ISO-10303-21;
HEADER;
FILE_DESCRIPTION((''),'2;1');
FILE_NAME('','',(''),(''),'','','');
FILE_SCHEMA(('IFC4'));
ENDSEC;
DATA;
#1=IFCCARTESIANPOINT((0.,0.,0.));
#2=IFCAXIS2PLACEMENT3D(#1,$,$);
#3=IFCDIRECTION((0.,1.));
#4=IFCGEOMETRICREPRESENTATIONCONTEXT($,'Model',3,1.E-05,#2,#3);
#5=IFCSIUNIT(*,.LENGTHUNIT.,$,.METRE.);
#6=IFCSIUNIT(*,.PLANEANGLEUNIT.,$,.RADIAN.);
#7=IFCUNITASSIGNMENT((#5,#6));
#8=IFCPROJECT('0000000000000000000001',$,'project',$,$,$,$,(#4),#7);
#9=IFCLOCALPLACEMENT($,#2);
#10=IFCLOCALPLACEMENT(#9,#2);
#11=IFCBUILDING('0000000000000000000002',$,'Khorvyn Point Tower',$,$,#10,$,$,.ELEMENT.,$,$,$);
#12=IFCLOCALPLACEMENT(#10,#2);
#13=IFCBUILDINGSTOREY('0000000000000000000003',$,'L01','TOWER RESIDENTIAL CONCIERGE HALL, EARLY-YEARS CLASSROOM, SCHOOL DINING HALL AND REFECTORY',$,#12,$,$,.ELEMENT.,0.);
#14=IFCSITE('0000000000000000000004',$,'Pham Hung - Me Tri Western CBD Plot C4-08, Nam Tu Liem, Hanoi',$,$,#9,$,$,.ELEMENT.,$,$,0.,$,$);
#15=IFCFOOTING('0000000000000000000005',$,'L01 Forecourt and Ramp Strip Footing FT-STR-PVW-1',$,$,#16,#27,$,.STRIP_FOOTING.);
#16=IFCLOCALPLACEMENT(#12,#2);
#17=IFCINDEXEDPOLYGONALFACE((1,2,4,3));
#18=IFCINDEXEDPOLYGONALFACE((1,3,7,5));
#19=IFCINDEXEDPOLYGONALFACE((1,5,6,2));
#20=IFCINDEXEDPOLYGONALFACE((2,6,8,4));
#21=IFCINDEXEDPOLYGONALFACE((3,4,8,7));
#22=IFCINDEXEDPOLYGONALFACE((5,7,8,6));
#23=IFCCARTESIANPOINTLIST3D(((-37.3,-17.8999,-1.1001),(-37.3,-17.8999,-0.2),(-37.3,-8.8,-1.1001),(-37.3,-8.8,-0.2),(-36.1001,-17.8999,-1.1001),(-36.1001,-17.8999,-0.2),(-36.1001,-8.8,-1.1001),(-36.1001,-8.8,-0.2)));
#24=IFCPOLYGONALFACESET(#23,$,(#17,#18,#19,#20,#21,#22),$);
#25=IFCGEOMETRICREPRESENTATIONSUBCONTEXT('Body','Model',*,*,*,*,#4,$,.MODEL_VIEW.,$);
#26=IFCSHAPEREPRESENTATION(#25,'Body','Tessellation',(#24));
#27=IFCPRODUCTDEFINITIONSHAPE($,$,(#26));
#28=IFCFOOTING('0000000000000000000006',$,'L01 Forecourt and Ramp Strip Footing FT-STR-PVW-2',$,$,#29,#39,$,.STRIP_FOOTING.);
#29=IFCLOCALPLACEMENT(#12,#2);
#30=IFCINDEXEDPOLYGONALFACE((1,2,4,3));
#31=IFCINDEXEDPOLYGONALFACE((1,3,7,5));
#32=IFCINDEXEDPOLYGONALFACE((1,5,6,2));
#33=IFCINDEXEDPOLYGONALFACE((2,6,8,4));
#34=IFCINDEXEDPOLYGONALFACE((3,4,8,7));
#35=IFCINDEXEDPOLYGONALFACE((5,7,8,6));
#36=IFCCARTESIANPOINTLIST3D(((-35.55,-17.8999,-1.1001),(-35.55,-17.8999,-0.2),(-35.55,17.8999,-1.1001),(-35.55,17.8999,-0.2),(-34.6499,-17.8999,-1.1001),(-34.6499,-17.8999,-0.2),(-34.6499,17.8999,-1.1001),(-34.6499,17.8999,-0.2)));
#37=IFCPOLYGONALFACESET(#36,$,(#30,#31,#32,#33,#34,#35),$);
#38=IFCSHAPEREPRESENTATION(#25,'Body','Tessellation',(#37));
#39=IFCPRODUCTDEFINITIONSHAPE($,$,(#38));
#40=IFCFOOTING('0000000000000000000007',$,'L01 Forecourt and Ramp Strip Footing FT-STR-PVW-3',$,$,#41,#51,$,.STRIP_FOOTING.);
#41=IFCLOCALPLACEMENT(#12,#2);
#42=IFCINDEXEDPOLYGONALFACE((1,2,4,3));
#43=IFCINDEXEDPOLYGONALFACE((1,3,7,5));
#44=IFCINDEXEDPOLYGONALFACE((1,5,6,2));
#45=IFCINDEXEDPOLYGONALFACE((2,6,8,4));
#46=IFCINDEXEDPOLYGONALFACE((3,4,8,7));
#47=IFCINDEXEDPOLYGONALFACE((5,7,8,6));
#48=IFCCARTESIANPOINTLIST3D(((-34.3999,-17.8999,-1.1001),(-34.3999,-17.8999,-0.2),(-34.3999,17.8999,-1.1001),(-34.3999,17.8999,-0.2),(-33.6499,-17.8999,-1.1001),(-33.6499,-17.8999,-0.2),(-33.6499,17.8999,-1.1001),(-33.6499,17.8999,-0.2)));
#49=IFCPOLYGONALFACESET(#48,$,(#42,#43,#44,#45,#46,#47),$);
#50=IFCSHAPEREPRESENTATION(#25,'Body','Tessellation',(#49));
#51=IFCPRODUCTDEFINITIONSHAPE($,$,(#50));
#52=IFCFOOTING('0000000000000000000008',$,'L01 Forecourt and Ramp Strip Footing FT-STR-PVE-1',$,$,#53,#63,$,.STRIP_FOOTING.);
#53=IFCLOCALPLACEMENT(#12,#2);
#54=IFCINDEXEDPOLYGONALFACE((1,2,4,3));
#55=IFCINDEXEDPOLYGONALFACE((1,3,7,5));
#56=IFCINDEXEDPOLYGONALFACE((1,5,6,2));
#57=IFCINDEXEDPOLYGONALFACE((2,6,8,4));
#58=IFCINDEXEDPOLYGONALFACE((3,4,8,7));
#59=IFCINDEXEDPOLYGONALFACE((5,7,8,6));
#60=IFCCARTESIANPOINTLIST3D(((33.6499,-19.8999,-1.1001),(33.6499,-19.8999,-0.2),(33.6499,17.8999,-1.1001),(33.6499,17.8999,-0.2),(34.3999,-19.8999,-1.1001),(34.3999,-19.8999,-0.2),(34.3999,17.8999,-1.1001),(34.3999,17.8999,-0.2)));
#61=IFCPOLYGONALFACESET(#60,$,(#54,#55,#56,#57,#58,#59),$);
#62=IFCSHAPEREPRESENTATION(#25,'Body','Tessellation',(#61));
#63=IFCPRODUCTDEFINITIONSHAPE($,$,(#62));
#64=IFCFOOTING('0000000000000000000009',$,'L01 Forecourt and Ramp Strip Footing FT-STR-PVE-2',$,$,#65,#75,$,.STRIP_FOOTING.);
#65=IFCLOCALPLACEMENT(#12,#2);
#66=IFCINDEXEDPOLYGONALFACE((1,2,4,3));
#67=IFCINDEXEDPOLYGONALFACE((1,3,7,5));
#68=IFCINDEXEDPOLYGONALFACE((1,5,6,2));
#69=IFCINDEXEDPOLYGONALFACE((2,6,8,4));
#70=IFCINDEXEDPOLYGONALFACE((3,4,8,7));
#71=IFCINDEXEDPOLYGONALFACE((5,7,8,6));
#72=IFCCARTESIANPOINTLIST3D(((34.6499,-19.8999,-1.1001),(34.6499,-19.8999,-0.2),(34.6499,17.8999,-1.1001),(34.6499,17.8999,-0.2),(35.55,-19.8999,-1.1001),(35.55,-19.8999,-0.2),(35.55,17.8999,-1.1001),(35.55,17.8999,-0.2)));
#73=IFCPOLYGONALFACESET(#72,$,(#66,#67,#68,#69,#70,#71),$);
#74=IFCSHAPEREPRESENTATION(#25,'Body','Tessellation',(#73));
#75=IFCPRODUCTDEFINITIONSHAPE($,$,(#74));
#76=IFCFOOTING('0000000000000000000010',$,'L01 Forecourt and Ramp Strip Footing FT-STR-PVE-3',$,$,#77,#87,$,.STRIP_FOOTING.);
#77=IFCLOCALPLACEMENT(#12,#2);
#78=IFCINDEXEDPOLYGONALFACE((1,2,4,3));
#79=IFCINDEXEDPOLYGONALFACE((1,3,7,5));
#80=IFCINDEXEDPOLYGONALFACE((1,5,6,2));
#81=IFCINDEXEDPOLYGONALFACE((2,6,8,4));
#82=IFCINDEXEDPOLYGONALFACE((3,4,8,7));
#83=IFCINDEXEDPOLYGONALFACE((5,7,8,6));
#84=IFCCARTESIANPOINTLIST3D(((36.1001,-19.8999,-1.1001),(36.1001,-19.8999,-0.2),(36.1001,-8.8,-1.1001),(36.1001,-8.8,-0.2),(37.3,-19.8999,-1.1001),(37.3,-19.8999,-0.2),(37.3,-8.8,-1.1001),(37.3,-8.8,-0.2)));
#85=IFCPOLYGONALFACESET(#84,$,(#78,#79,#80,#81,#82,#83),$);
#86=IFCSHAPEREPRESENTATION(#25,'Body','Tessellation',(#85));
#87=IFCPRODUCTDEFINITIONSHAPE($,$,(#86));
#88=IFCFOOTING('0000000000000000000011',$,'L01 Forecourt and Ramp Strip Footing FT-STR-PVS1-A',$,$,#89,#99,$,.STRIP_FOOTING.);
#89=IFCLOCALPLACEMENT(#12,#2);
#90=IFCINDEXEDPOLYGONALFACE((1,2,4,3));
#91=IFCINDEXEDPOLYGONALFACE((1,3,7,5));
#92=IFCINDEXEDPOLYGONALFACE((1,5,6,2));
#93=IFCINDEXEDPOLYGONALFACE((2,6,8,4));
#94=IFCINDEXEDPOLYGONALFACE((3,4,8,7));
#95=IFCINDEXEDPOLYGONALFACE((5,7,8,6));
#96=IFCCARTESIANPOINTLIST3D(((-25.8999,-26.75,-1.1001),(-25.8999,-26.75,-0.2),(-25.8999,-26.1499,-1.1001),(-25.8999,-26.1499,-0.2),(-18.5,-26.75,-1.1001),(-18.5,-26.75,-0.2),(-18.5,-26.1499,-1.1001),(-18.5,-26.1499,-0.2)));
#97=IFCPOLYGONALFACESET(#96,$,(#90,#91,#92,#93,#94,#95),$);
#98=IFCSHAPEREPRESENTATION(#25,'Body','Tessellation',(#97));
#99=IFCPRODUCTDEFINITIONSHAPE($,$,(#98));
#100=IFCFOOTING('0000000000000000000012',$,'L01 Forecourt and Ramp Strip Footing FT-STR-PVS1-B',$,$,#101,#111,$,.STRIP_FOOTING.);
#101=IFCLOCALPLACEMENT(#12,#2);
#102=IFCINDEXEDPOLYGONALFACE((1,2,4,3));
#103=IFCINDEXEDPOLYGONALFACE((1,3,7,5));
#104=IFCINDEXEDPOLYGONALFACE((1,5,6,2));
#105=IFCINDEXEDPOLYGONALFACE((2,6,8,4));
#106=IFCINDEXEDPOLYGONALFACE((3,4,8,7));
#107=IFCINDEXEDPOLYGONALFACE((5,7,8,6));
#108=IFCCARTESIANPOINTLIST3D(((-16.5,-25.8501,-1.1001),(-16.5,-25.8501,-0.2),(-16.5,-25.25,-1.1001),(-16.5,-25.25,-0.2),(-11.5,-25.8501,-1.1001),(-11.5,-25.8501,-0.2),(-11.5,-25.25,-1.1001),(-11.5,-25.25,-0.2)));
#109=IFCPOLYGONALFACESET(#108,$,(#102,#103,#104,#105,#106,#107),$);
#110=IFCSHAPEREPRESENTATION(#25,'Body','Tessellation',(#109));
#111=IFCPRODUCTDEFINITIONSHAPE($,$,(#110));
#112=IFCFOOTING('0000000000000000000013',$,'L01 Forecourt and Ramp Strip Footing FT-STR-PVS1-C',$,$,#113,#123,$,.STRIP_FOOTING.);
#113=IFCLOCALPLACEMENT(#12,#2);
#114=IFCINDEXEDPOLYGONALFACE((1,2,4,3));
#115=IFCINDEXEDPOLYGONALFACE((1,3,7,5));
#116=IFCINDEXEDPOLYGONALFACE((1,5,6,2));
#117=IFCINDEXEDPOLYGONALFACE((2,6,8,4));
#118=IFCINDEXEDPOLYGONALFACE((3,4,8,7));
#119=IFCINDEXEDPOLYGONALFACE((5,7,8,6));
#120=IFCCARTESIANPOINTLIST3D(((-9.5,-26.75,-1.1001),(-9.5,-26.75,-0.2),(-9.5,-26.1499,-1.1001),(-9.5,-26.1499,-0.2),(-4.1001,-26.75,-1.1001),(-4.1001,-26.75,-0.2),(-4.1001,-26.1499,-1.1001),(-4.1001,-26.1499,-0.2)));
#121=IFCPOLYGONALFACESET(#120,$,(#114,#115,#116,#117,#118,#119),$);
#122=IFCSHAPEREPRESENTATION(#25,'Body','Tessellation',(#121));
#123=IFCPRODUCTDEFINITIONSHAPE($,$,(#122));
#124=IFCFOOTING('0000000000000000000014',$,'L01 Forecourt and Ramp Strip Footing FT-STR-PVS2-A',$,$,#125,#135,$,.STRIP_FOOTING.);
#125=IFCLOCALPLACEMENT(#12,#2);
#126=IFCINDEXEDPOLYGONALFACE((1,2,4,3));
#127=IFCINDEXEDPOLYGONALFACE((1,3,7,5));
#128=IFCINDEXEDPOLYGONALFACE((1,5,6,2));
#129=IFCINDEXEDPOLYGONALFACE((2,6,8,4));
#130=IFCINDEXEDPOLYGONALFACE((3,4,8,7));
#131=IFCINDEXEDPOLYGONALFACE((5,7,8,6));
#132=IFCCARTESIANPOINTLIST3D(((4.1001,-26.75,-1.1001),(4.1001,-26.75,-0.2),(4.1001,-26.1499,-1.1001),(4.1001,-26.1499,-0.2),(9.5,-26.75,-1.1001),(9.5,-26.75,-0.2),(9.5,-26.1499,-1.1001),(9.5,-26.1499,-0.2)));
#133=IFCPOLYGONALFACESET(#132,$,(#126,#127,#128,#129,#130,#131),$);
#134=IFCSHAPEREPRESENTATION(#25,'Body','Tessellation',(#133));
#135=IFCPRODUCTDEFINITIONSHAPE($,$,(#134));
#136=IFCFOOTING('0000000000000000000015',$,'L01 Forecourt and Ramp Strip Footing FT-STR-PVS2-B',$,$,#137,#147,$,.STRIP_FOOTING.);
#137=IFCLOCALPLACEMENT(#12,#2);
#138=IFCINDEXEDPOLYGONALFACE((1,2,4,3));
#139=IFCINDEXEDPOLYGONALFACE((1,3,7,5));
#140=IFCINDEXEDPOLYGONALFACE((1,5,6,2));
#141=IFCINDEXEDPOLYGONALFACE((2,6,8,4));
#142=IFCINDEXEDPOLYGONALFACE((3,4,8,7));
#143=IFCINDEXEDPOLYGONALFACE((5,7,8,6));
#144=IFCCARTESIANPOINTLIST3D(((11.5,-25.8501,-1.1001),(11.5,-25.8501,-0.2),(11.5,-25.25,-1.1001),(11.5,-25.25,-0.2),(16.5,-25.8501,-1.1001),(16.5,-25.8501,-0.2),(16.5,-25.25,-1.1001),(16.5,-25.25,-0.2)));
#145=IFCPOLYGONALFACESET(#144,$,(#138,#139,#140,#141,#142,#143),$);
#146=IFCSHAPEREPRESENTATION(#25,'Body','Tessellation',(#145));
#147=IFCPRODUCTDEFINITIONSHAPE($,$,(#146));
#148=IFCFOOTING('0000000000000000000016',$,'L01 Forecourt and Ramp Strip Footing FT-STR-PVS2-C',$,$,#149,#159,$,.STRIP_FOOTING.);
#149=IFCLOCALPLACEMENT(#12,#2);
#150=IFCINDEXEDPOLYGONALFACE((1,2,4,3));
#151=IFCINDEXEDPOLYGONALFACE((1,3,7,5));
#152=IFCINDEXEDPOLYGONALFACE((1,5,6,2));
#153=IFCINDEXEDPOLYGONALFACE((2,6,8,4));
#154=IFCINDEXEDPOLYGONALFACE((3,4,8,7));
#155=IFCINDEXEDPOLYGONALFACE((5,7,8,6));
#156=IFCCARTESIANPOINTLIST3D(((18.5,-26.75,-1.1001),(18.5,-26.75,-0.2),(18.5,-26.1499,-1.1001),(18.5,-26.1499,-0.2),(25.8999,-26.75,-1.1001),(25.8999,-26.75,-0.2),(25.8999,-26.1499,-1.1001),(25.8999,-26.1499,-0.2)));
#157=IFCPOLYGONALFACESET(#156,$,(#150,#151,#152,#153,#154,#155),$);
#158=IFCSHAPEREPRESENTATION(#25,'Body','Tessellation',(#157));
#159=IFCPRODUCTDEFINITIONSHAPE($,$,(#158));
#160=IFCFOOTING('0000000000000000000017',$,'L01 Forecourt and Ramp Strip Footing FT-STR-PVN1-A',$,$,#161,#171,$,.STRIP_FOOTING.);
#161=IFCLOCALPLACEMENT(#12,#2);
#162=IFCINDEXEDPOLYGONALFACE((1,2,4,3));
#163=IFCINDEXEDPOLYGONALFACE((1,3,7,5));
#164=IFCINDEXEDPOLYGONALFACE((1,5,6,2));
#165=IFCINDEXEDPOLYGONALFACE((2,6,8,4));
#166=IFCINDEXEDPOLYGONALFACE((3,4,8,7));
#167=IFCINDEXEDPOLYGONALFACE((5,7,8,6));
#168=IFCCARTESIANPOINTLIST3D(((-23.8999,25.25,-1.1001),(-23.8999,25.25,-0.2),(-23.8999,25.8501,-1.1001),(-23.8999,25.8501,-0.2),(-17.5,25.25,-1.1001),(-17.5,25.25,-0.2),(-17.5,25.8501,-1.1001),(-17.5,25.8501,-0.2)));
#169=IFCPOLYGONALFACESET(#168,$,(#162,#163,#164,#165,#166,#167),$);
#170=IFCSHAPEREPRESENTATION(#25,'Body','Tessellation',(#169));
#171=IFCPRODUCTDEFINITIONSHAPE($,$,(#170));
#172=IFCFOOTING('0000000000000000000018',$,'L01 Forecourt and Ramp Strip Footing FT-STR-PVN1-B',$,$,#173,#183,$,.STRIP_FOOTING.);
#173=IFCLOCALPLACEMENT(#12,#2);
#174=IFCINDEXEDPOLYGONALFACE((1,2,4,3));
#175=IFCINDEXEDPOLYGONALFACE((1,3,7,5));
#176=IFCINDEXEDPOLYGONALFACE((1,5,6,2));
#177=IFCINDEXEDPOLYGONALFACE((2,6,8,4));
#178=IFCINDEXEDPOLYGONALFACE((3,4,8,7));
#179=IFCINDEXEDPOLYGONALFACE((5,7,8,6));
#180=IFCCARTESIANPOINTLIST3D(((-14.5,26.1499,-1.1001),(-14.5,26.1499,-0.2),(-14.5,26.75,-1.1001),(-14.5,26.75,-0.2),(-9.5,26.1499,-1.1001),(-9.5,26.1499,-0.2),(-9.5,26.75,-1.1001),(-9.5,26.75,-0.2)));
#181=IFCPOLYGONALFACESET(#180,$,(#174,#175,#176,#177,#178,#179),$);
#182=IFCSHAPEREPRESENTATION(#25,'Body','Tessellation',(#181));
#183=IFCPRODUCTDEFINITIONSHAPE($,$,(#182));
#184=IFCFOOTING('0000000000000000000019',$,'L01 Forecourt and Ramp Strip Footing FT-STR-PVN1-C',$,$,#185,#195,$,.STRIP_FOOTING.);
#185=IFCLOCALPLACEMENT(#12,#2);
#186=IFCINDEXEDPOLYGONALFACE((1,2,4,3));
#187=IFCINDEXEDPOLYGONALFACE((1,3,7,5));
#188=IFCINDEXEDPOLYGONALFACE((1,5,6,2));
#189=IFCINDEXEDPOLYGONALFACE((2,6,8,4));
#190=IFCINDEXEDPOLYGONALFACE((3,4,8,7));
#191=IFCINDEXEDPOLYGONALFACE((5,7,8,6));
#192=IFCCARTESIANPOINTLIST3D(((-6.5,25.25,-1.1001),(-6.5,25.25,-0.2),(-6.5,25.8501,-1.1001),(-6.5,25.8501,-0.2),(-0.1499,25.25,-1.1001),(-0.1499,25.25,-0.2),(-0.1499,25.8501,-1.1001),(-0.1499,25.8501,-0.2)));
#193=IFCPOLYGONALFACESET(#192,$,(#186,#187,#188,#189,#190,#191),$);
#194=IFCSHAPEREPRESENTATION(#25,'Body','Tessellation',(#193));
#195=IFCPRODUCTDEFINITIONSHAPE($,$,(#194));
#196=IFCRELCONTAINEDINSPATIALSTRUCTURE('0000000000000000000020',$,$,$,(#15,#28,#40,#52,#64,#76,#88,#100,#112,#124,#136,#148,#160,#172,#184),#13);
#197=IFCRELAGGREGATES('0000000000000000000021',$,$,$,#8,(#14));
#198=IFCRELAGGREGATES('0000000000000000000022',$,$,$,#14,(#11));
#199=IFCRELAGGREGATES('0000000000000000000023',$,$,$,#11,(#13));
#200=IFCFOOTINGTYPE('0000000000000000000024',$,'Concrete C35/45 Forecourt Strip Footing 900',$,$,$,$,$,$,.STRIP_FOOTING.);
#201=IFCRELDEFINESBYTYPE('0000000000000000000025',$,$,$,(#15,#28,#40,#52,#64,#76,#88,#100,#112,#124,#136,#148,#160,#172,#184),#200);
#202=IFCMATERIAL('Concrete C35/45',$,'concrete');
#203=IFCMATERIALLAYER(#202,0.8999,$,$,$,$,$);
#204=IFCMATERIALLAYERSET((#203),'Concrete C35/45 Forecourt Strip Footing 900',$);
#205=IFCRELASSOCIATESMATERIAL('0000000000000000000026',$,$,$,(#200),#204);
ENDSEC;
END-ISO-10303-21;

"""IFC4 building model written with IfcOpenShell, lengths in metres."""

from ifc_helpers import new_model, si_unit, direction, frame, origin, place, context, subcontext, project, spatial, polyline, outline, extrude, material, layer, layer_set, type_object, element, save


model = new_model("IFC4")

# Units and contexts
model_context = context("Model", 3, precision=1e-05, world=origin(), true_north=direction((0.0, 1.0)))
body_context = subcontext(model_context, "Body", "Model", "MODEL_VIEW")
ifc_project = project(units=[si_unit("LENGTHUNIT", "METRE"), si_unit("PLANEANGLEUNIT", "RADIAN")], contexts=[model_context])

# Site, building, storey
site_placement = place(None, origin())
site = spatial("IfcSite", under=ifc_project, at=site_placement, Name="Pham Hung - Me Tri Western CBD Plot C4-08, Nam Tu Liem, Hanoi", CompositionType="ELEMENT", RefElevation=0.0)
building_placement = place(site_placement, origin())
building = spatial("IfcBuilding", under=site, at=building_placement, Name="Khorvyn Point Tower", CompositionType="ELEMENT")
storey_placement = place(building_placement, origin())
storey = spatial("IfcBuildingStorey", under=building, at=storey_placement, Name="L01", Description="TOWER RESIDENTIAL CONCIERGE HALL, EARLY-YEARS CLASSROOM, SCHOOL DINING HALL AND REFECTORY", CompositionType="ELEMENT", Elevation=0.0)

# Footings
ifc_material_1 = material(Name="Concrete C35/45", Category="concrete")
ifc_layer_1 = layer(ifc_material_1, 0.8999)
ifc_layer_set_1 = layer_set([ifc_layer_1], Name="Concrete C35/45 Forecourt Strip Footing 900")
footing_type = type_object("IfcFootingType", Name="Concrete C35/45 Forecourt Strip Footing 900", PredefinedType="STRIP_FOOTING", material=ifc_layer_set_1)
footing_1_placement = place(storey_placement, frame((0.0, 0.0, -1.1001)))
element("IfcFooting", 1, at=footing_1_placement, inside=storey, type_object=footing_type, Name="L01 Forecourt and Ramp Strip Footing FT-STR-PVW-1", PredefinedType="STRIP_FOOTING", context=body_context, shape_type="SweptSolid", body=[
    extrude(outline(polyline([(-37.3, -17.8999), (-36.1001, -17.8999), (-36.1001, -8.8), (-37.3, -8.8), (-37.3, -17.8999)])), origin(), (0.0, 0.0, 1.0), 0.9001),
])
footing_2_placement = place(storey_placement, frame((0.0, 0.0, -1.1001)))
element("IfcFooting", 2, at=footing_2_placement, inside=storey, type_object=footing_type, Name="L01 Forecourt and Ramp Strip Footing FT-STR-PVW-2", PredefinedType="STRIP_FOOTING", context=body_context, shape_type="SweptSolid", body=[
    extrude(outline(polyline([(-35.55, -17.8999), (-34.6499, -17.8999), (-34.6499, 17.8999), (-35.55, 17.8999), (-35.55, -17.8999)])), origin(), (0.0, 0.0, 1.0), 0.9001),
])
footing_3_placement = place(storey_placement, frame((0.0, 0.0, -1.1001)))
element("IfcFooting", 3, at=footing_3_placement, inside=storey, type_object=footing_type, Name="L01 Forecourt and Ramp Strip Footing FT-STR-PVW-3", PredefinedType="STRIP_FOOTING", context=body_context, shape_type="SweptSolid", body=[
    extrude(outline(polyline([(-34.3999, -17.8999), (-33.6499, -17.8999), (-33.6499, 17.8999), (-34.3999, 17.8999), (-34.3999, -17.8999)])), origin(), (0.0, 0.0, 1.0), 0.9001),
])
footing_4_placement = place(storey_placement, frame((0.0, 0.0, -1.1001)))
element("IfcFooting", 4, at=footing_4_placement, inside=storey, type_object=footing_type, Name="L01 Forecourt and Ramp Strip Footing FT-STR-PVE-1", PredefinedType="STRIP_FOOTING", context=body_context, shape_type="SweptSolid", body=[
    extrude(outline(polyline([(33.6499, -19.8999), (34.3999, -19.8999), (34.3999, 17.8999), (33.6499, 17.8999), (33.6499, -19.8999)])), origin(), (0.0, 0.0, 1.0), 0.9001),
])
footing_5_placement = place(storey_placement, frame((0.0, 0.0, -1.1001)))
element("IfcFooting", 5, at=footing_5_placement, inside=storey, type_object=footing_type, Name="L01 Forecourt and Ramp Strip Footing FT-STR-PVE-2", PredefinedType="STRIP_FOOTING", context=body_context, shape_type="SweptSolid", body=[
    extrude(outline(polyline([(34.6499, -19.8999), (35.55, -19.8999), (35.55, 17.8999), (34.6499, 17.8999), (34.6499, -19.8999)])), origin(), (0.0, 0.0, 1.0), 0.9001),
])
footing_6_placement = place(storey_placement, frame((0.0, 0.0, -1.1001)))
element("IfcFooting", 6, at=footing_6_placement, inside=storey, type_object=footing_type, Name="L01 Forecourt and Ramp Strip Footing FT-STR-PVE-3", PredefinedType="STRIP_FOOTING", context=body_context, shape_type="SweptSolid", body=[
    extrude(outline(polyline([(36.1001, -19.8999), (37.3, -19.8999), (37.3, -8.8), (36.1001, -8.8), (36.1001, -19.8999)])), origin(), (0.0, 0.0, 1.0), 0.9001),
])
footing_7_placement = place(storey_placement, frame((0.0, 0.0, -1.1001)))
element("IfcFooting", 7, at=footing_7_placement, inside=storey, type_object=footing_type, Name="L01 Forecourt and Ramp Strip Footing FT-STR-PVS1-A", PredefinedType="STRIP_FOOTING", context=body_context, shape_type="SweptSolid", body=[
    extrude(outline(polyline([(-25.8999, -26.75), (-18.5, -26.75), (-18.5, -26.1499), (-25.8999, -26.1499), (-25.8999, -26.75)])), origin(), (0.0, 0.0, 1.0), 0.9001),
])
footing_8_placement = place(storey_placement, frame((0.0, 0.0, -1.1001)))
element("IfcFooting", 8, at=footing_8_placement, inside=storey, type_object=footing_type, Name="L01 Forecourt and Ramp Strip Footing FT-STR-PVS1-B", PredefinedType="STRIP_FOOTING", context=body_context, shape_type="SweptSolid", body=[
    extrude(outline(polyline([(-16.5, -25.8501), (-11.5, -25.8501), (-11.5, -25.25), (-16.5, -25.25), (-16.5, -25.8501)])), origin(), (0.0, 0.0, 1.0), 0.9001),
])
footing_9_placement = place(storey_placement, frame((0.0, 0.0, -1.1001)))
element("IfcFooting", 9, at=footing_9_placement, inside=storey, type_object=footing_type, Name="L01 Forecourt and Ramp Strip Footing FT-STR-PVS1-C", PredefinedType="STRIP_FOOTING", context=body_context, shape_type="SweptSolid", body=[
    extrude(outline(polyline([(-9.5, -26.75), (-4.1001, -26.75), (-4.1001, -26.1499), (-9.5, -26.1499), (-9.5, -26.75)])), origin(), (0.0, 0.0, 1.0), 0.9001),
])
footing_10_placement = place(storey_placement, frame((0.0, 0.0, -1.1001)))
element("IfcFooting", 10, at=footing_10_placement, inside=storey, type_object=footing_type, Name="L01 Forecourt and Ramp Strip Footing FT-STR-PVS2-A", PredefinedType="STRIP_FOOTING", context=body_context, shape_type="SweptSolid", body=[
    extrude(outline(polyline([(4.1001, -26.75), (9.5, -26.75), (9.5, -26.1499), (4.1001, -26.1499), (4.1001, -26.75)])), origin(), (0.0, 0.0, 1.0), 0.9001),
])
footing_11_placement = place(storey_placement, frame((0.0, 0.0, -1.1001)))
element("IfcFooting", 11, at=footing_11_placement, inside=storey, type_object=footing_type, Name="L01 Forecourt and Ramp Strip Footing FT-STR-PVS2-B", PredefinedType="STRIP_FOOTING", context=body_context, shape_type="SweptSolid", body=[
    extrude(outline(polyline([(11.5, -25.8501), (16.5, -25.8501), (16.5, -25.25), (11.5, -25.25), (11.5, -25.8501)])), origin(), (0.0, 0.0, 1.0), 0.9001),
])
footing_12_placement = place(storey_placement, frame((0.0, 0.0, -1.1001)))
element("IfcFooting", 12, at=footing_12_placement, inside=storey, type_object=footing_type, Name="L01 Forecourt and Ramp Strip Footing FT-STR-PVS2-C", PredefinedType="STRIP_FOOTING", context=body_context, shape_type="SweptSolid", body=[
    extrude(outline(polyline([(18.5, -26.75), (25.8999, -26.75), (25.8999, -26.1499), (18.5, -26.1499), (18.5, -26.75)])), origin(), (0.0, 0.0, 1.0), 0.9001),
])
footing_13_placement = place(storey_placement, frame((0.0, 0.0, -1.1001)))
element("IfcFooting", 13, at=footing_13_placement, inside=storey, type_object=footing_type, Name="L01 Forecourt and Ramp Strip Footing FT-STR-PVN1-A", PredefinedType="STRIP_FOOTING", context=body_context, shape_type="SweptSolid", body=[
    extrude(outline(polyline([(-23.8999, 25.25), (-17.5, 25.25), (-17.5, 25.8501), (-23.8999, 25.8501), (-23.8999, 25.25)])), origin(), (0.0, 0.0, 1.0), 0.9001),
])
footing_14_placement = place(storey_placement, frame((0.0, 0.0, -1.1001)))
element("IfcFooting", 14, at=footing_14_placement, inside=storey, type_object=footing_type, Name="L01 Forecourt and Ramp Strip Footing FT-STR-PVN1-B", PredefinedType="STRIP_FOOTING", context=body_context, shape_type="SweptSolid", body=[
    extrude(outline(polyline([(-14.5, 26.1499), (-9.5, 26.1499), (-9.5, 26.75), (-14.5, 26.75), (-14.5, 26.1499)])), origin(), (0.0, 0.0, 1.0), 0.9001),
])
footing_15_placement = place(storey_placement, frame((0.0, 0.0, -1.1001)))
element("IfcFooting", 15, at=footing_15_placement, inside=storey, type_object=footing_type, Name="L01 Forecourt and Ramp Strip Footing FT-STR-PVN1-C", PredefinedType="STRIP_FOOTING", context=body_context, shape_type="SweptSolid", body=[
    extrude(outline(polyline([(-6.5, 25.25), (-0.1499, 25.25), (-0.1499, 25.8501), (-6.5, 25.8501), (-6.5, 25.25)])), origin(), (0.0, 0.0, 1.0), 0.9001),
])

save(model, "model.ifc")
